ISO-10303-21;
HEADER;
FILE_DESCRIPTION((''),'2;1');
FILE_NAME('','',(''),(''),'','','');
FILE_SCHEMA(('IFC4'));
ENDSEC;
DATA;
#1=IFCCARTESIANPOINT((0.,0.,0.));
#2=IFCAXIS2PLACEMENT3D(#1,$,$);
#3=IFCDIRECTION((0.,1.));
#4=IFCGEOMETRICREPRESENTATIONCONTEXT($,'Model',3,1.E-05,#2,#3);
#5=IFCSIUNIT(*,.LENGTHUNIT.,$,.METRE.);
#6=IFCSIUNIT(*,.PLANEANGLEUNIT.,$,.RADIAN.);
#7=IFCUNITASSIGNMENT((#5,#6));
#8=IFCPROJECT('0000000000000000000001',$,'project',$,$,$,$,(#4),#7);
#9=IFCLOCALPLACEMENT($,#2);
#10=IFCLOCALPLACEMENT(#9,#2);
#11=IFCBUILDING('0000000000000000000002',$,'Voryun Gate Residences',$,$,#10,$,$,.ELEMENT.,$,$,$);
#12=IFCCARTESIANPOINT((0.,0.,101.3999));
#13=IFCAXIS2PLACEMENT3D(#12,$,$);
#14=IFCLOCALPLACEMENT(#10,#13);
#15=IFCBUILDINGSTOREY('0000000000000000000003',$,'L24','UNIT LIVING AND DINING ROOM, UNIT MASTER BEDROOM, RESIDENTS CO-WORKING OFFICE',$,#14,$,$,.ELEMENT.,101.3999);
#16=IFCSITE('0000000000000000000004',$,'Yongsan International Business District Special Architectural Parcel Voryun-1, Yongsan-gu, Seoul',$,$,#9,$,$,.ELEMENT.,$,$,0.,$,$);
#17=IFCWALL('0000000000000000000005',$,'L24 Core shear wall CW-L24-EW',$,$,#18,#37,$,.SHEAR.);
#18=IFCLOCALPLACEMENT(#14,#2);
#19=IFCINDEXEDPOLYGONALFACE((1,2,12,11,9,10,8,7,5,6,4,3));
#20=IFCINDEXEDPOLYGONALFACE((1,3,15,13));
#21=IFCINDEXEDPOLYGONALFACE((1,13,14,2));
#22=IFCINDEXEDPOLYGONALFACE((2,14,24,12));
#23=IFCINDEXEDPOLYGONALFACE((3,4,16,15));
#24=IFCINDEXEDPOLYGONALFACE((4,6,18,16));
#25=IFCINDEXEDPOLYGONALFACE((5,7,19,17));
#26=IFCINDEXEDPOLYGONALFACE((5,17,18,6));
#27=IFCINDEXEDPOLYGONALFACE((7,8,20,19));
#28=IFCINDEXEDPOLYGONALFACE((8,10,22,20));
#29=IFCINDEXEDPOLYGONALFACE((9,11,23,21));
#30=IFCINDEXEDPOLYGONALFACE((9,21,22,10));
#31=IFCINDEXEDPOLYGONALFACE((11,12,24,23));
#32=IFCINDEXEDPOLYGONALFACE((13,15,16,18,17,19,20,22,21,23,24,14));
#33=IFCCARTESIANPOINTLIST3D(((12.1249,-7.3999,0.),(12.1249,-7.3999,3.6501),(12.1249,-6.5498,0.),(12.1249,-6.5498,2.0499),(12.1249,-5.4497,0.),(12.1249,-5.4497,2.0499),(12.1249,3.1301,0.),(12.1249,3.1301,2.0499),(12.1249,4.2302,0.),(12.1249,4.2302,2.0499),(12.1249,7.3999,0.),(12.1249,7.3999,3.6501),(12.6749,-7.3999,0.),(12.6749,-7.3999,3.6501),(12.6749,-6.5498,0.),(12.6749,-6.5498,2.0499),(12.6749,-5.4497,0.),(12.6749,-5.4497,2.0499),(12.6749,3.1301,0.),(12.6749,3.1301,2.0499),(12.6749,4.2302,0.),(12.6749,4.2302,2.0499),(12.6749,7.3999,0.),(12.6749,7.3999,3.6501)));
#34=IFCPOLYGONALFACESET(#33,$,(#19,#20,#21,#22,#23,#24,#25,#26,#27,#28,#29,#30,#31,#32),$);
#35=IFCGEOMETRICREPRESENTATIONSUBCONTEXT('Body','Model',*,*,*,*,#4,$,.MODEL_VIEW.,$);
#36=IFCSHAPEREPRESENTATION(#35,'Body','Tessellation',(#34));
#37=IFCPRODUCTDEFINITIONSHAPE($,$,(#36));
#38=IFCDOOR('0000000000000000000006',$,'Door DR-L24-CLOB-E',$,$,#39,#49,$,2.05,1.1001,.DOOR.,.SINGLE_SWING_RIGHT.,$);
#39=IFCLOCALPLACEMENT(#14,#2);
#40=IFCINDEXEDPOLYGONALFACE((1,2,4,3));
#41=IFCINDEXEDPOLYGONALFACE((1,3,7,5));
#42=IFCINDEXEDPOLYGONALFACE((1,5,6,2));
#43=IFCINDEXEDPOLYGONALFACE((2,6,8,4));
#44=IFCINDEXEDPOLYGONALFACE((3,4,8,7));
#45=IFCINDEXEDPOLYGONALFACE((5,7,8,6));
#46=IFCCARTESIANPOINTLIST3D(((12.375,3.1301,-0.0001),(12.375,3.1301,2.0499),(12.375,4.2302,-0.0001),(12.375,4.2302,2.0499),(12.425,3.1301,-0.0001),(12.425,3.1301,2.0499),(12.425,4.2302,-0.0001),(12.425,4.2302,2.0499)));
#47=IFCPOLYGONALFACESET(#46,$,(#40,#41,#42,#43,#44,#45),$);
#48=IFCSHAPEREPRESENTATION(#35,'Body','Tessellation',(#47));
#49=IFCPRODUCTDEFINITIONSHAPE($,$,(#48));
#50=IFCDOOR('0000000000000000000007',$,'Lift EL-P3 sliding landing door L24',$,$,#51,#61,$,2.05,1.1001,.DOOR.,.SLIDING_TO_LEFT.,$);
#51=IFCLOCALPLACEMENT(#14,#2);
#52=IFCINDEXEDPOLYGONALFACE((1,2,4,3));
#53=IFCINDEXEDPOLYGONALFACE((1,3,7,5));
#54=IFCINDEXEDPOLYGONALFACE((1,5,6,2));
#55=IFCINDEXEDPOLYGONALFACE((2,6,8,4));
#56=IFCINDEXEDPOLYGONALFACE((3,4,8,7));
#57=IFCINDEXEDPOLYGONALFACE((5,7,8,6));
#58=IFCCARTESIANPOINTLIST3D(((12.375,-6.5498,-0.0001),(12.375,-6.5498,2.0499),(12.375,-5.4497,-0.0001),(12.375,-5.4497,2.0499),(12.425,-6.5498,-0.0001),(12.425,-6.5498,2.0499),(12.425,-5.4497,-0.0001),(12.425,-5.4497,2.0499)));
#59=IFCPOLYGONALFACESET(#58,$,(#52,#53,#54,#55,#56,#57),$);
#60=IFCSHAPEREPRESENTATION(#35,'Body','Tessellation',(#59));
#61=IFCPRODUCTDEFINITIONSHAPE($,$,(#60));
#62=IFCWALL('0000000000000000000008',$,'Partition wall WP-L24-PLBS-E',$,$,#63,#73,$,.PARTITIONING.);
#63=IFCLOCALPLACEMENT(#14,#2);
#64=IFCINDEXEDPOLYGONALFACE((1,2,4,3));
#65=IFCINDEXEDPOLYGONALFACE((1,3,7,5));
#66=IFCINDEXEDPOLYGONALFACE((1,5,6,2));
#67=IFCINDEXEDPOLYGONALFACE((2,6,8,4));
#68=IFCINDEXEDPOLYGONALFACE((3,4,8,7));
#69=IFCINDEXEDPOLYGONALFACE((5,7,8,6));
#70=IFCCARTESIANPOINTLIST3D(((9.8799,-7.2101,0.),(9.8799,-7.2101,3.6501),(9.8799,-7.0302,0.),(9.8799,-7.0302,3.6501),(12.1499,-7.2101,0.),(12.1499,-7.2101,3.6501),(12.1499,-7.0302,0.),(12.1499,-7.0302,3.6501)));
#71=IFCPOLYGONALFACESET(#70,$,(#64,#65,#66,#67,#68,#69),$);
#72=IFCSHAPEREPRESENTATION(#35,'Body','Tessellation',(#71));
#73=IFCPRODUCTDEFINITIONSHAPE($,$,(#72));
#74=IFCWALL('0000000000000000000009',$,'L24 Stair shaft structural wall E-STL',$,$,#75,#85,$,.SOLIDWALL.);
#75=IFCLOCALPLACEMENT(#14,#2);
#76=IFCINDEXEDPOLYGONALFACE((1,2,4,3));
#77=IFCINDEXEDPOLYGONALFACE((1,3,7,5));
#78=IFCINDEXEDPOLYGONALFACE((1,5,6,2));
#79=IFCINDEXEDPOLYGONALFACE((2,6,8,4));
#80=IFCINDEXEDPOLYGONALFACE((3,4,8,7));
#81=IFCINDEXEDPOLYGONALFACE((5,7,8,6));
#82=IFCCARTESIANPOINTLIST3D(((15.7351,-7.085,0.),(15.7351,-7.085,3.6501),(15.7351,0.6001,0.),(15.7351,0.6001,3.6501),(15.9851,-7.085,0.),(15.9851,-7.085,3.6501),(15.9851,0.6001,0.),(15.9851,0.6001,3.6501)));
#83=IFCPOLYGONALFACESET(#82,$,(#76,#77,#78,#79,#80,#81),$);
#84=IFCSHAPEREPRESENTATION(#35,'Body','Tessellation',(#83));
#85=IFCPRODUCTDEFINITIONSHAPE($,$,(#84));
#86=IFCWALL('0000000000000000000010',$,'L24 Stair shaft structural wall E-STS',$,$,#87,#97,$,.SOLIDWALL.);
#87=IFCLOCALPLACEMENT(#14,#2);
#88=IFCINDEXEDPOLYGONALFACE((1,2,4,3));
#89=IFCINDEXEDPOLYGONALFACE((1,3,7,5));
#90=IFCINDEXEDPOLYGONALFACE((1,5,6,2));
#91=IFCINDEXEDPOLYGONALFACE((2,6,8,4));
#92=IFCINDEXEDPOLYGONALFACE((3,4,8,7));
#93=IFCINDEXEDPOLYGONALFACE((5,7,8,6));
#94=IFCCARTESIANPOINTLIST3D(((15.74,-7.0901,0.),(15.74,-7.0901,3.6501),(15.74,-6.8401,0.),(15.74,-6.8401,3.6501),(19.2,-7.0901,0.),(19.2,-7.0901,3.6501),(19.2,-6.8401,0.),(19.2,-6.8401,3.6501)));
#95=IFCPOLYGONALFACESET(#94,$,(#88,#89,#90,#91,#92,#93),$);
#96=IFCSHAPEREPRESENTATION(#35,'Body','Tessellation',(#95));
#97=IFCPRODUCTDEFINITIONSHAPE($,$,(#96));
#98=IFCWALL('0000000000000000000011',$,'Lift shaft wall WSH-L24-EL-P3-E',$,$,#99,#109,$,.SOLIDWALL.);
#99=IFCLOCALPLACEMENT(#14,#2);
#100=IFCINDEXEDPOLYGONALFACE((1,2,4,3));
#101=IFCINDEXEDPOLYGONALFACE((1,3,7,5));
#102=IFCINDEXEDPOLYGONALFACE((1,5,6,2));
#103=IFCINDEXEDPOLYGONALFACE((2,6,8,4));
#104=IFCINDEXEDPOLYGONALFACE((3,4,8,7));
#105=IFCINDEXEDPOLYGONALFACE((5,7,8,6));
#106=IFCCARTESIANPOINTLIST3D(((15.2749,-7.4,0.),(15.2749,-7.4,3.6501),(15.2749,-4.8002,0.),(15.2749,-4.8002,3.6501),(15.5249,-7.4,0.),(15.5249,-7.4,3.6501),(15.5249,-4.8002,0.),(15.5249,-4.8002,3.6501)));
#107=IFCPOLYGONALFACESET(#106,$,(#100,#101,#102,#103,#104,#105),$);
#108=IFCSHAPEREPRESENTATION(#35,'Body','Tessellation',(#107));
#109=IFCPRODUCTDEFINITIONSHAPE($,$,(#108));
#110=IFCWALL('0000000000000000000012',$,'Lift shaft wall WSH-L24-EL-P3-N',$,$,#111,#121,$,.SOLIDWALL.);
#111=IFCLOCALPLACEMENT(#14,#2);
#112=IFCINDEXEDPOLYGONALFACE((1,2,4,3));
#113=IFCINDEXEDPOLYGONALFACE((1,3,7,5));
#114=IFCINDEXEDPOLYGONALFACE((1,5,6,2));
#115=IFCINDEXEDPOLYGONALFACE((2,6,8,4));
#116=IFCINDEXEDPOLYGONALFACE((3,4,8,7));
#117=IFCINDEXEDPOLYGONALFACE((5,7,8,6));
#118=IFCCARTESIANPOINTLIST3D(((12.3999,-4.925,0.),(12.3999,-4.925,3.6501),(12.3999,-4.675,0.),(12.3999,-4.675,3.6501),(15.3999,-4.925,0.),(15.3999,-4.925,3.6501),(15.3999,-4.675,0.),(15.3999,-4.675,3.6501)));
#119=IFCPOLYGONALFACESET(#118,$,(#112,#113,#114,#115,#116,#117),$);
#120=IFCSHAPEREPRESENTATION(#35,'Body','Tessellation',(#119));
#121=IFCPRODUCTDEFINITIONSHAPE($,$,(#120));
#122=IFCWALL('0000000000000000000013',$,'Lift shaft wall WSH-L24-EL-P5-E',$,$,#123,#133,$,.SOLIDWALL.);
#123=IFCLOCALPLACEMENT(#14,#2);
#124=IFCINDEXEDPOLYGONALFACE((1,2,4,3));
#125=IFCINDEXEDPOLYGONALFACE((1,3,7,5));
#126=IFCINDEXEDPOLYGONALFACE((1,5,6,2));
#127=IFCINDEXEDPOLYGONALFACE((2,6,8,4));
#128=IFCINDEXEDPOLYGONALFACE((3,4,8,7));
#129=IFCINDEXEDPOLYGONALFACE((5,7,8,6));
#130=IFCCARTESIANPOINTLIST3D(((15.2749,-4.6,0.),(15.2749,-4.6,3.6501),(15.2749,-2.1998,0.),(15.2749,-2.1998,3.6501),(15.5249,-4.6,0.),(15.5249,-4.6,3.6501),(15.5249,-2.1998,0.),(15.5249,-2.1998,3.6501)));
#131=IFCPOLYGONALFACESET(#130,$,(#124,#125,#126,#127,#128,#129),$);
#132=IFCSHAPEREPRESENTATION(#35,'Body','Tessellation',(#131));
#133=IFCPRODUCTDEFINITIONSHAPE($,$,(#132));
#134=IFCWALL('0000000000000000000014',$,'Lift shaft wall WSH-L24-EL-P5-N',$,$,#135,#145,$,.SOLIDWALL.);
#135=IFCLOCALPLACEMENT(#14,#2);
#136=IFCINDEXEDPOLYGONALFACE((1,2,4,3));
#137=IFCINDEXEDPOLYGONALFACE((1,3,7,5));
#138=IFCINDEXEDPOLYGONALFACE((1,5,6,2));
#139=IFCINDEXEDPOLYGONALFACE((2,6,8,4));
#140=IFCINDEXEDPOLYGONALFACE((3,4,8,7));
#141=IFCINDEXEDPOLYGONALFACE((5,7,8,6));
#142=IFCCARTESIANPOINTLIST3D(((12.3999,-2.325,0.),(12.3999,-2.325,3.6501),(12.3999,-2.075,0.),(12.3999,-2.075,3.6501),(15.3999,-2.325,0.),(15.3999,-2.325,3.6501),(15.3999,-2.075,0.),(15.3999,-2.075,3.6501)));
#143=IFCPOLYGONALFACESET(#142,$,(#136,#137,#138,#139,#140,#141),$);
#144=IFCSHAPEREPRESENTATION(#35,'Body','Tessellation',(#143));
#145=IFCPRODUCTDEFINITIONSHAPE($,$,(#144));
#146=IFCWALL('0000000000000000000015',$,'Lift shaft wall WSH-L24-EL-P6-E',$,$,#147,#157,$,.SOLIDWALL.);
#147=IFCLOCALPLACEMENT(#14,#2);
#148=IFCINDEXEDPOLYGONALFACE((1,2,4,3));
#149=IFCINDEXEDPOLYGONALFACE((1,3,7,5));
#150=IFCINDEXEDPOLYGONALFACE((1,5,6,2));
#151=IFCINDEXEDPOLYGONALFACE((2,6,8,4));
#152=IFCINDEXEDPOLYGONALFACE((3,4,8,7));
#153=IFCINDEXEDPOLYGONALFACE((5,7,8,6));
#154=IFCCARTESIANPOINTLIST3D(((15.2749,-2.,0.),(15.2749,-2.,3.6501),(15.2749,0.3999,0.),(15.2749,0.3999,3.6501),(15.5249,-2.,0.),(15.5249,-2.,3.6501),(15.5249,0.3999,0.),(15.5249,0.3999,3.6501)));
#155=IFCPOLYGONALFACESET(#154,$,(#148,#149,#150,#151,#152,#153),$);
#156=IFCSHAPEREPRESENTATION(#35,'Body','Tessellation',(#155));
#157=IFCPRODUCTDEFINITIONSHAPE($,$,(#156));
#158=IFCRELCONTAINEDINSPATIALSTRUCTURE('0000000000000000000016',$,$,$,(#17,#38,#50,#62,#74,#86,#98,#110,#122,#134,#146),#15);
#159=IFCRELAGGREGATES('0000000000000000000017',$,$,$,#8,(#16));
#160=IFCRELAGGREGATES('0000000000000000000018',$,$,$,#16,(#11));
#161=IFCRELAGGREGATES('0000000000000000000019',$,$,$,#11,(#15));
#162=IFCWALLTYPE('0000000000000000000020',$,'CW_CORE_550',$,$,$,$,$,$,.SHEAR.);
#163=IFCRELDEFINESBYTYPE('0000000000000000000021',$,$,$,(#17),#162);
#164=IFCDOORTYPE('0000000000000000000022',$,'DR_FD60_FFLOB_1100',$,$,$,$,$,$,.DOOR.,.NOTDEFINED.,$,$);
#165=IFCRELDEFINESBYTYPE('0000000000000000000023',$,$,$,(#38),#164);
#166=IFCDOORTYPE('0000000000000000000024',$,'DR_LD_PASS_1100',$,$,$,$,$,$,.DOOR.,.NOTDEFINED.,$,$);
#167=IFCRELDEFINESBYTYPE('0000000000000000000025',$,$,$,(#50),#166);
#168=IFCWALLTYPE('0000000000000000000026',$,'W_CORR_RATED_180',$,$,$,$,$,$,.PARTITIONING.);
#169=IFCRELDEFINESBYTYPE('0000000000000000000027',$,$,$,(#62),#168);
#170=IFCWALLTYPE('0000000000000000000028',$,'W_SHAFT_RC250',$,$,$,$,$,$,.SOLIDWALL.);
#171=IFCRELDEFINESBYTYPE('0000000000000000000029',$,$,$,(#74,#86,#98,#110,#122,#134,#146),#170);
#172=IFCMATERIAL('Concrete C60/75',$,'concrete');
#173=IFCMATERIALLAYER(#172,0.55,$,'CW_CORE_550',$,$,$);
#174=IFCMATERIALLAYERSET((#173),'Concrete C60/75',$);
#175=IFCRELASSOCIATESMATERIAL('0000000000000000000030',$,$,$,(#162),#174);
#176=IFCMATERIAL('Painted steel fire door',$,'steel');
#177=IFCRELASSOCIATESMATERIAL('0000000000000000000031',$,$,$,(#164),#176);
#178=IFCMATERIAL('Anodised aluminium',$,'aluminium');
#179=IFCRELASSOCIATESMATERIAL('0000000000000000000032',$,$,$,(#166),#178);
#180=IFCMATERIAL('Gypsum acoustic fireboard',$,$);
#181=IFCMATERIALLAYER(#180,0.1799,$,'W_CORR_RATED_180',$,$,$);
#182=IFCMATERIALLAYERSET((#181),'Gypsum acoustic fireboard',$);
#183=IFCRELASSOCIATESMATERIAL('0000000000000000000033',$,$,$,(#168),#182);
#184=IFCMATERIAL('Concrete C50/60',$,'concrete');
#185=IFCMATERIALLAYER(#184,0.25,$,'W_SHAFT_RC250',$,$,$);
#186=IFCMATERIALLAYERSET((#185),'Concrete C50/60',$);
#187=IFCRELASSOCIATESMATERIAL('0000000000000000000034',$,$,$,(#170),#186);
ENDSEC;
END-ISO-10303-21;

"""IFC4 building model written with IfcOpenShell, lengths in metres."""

from ifc_helpers import new_model, si_unit, direction, frame, frame_2d, origin, place, context, subcontext, project, spatial, rectangle, extrude, material, layer, layer_set, type_object, element, fill, save


model = new_model("IFC4")

# Units and contexts
model_context = context("Model", 3, precision=1e-05, world=origin(), true_north=direction((0.0, 1.0)))
body_context = subcontext(model_context, "Body", "Model", "MODEL_VIEW")
ifc_project = project(units=[si_unit("LENGTHUNIT", "METRE"), si_unit("PLANEANGLEUNIT", "RADIAN")], contexts=[model_context])

# Site, building, storey
site_placement = place(None, origin())
site = spatial("IfcSite", under=ifc_project, at=site_placement, Name="Yongsan International Business District Special Architectural Parcel Voryun-1, Yongsan-gu, Seoul", CompositionType="ELEMENT", RefElevation=0.0)
building_placement = place(site_placement, origin())
building = spatial("IfcBuilding", under=site, at=building_placement, Name="Voryun Gate Residences", CompositionType="ELEMENT")
storey_placement = place(building_placement, frame((0.0, 0.0, 101.3999)))
storey = spatial("IfcBuildingStorey", under=building, at=storey_placement, Name="L24", Description="UNIT LIVING AND DINING ROOM, UNIT MASTER BEDROOM, RESIDENTS CO-WORKING OFFICE", CompositionType="ELEMENT", Elevation=101.3999)

# Shared definitions
ifc_material_1 = material(Name="Concrete C60/75", Category="concrete")
ifc_layer_1 = layer(ifc_material_1, 0.55, Name="CW_CORE_550")
ifc_layer_set_1 = layer_set([ifc_layer_1], Name="Concrete C60/75")
wall_type_1 = type_object("IfcWallType", Name="CW_CORE_550", PredefinedType="SHEAR", material=ifc_layer_set_1)

# Wall, openings, doors
wall_1_placement = place(storey_placement, frame((12.3999, -7.3999, 0.0), z_axis=(0.0, 0.0, 1.0), x_axis=(0.0, 1.0, 0.0)))
wall_1 = element("IfcWall", 1, at=wall_1_placement, inside=storey, type_object=wall_type_1, Name="L24 Core shear wall CW-L24-EW", PredefinedType="SHEAR", context=body_context, shape_type="SweptSolid", body=[
    extrude(rectangle(XDim=14.7998, YDim=0.55, at=frame_2d((7.3999, 0.0))), origin(), (0.0, 0.0, 1.0), 3.6501),
])
opening_1_placement = place(wall_1_placement, frame((0.8501, 0.0, 0.0)))
opening_1 = element("IfcOpeningElement", 2, at=opening_1_placement, cuts=wall_1, PredefinedType="OPENING", context=body_context, shape_type="SweptSolid", body=[
    extrude(rectangle(XDim=1.1001, YDim=2.05, at=frame_2d((0.55, 1.0249))), frame((0.0, 0.2849, 0.0), z_axis=(0.0, -1.0, 0.0), x_axis=(1.0, 0.0, 0.0)), (0.0, 0.0, 1.0), 0.5701),
])
opening_2_placement = place(wall_1_placement, frame((10.53, 0.0, 0.0)))
opening_2 = element("IfcOpeningElement", 3, at=opening_2_placement, cuts=wall_1, PredefinedType="OPENING", context=body_context, shape_type="SweptSolid", body=[
    extrude(rectangle(XDim=1.1001, YDim=2.05, at=frame_2d((0.55, 1.0249))), frame((0.0, 0.2849, 0.0), z_axis=(0.0, -1.0, 0.0), x_axis=(1.0, 0.0, 0.0)), (0.0, 0.0, 1.0), 0.5701),
])
ifc_material_2 = material(Name="Painted steel fire door", Category="steel")
door_type_1 = type_object("IfcDoorType", Name="DR_FD60_FFLOB_1100", OperationType="NOTDEFINED", PredefinedType="DOOR", material=ifc_material_2)
door_1_placement = place(opening_2_placement, origin())
door_1 = element("IfcDoor", 4, at=door_1_placement, inside=storey, type_object=door_type_1, Name="Door DR-L24-CLOB-E", OperationType="SINGLE_SWING_RIGHT", OverallHeight=2.05, OverallWidth=1.1001, PredefinedType="DOOR", context=body_context, shape_type="SweptSolid", body=[
    extrude(rectangle(XDim=1.1001, YDim=2.05, at=frame_2d((0.55, 1.0249))), frame((0.0, 0.0249, 0.0), z_axis=(0.0, -1.0, 0.0), x_axis=(1.0, 0.0, 0.0)), (0.0, 0.0, 1.0), 0.05),
])
fill(opening_2, door_1)
ifc_material_3 = material(Name="Anodised aluminium", Category="aluminium")
door_type_2 = type_object("IfcDoorType", Name="DR_LD_PASS_1100", OperationType="NOTDEFINED", PredefinedType="DOOR", material=ifc_material_3)
door_2_placement = place(opening_1_placement, origin())
door_2 = element("IfcDoor", 5, at=door_2_placement, inside=storey, type_object=door_type_2, Name="Lift EL-P3 sliding landing door L24", OperationType="SLIDING_TO_LEFT", OverallHeight=2.05, OverallWidth=1.1001, PredefinedType="DOOR", context=body_context, shape_type="SweptSolid", body=[
    extrude(rectangle(XDim=1.1001, YDim=2.05, at=frame_2d((0.55, 1.0249))), frame((0.0, 0.0249, 0.0), z_axis=(0.0, -1.0, 0.0), x_axis=(1.0, 0.0, 0.0)), (0.0, 0.0, 1.0), 0.05),
])
fill(opening_1, door_2)

# Walls
ifc_material_4 = material(Name="Gypsum acoustic fireboard")
ifc_layer_2 = layer(ifc_material_4, 0.1799, Name="W_CORR_RATED_180")
ifc_layer_set_2 = layer_set([ifc_layer_2], Name="Gypsum acoustic fireboard")
wall_type_2 = type_object("IfcWallType", Name="W_CORR_RATED_180", PredefinedType="PARTITIONING", material=ifc_layer_set_2)
wall_2_placement = place(storey_placement, frame((9.8799, -7.1201, 0.0), z_axis=(0.0, 0.0, 1.0), x_axis=(1.0, 0.0, 0.0)))
element("IfcWall", 6, at=wall_2_placement, inside=storey, type_object=wall_type_2, Name="Partition wall WP-L24-PLBS-E", PredefinedType="PARTITIONING", context=body_context, shape_type="SweptSolid", body=[
    extrude(rectangle(XDim=2.27, YDim=0.1799, at=frame_2d((1.135, 0.0))), origin(), (0.0, 0.0, 1.0), 3.6501),
])
ifc_material_5 = material(Name="Concrete C50/60", Category="concrete")
ifc_layer_3 = layer(ifc_material_5, 0.25, Name="W_SHAFT_RC250")
ifc_layer_set_3 = layer_set([ifc_layer_3], Name="Concrete C50/60")
wall_type_3 = type_object("IfcWallType", Name="W_SHAFT_RC250", PredefinedType="SOLIDWALL", material=ifc_layer_set_3)
wall_3_placement = place(storey_placement, frame((15.8601, -7.085, 0.0), z_axis=(0.0, 0.0, 1.0), x_axis=(0.0, 1.0, 0.0)))
element("IfcWall", 7, at=wall_3_placement, inside=storey, type_object=wall_type_3, Name="L24 Stair shaft structural wall E-STL", PredefinedType="SOLIDWALL", context=body_context, shape_type="SweptSolid", body=[
    extrude(rectangle(XDim=7.6851, YDim=0.25, at=frame_2d((3.8425, 0.0))), origin(), (0.0, 0.0, 1.0), 3.6501),
])
wall_4_placement = place(storey_placement, frame((15.74, -6.9651, 0.0), z_axis=(0.0, 0.0, 1.0), x_axis=(1.0, 0.0, 0.0)))
element("IfcWall", 8, at=wall_4_placement, inside=storey, type_object=wall_type_3, Name="L24 Stair shaft structural wall E-STS", PredefinedType="SOLIDWALL", context=body_context, shape_type="SweptSolid", body=[
    extrude(rectangle(XDim=3.46, YDim=0.25, at=frame_2d((1.73, 0.0))), origin(), (0.0, 0.0, 1.0), 3.6501),
])
wall_5_placement = place(storey_placement, frame((15.3999, -7.3999, 0.0), z_axis=(0.0, 0.0, 1.0), x_axis=(0.0, 1.0, 0.0)))
element("IfcWall", 9, at=wall_5_placement, inside=storey, type_object=wall_type_3, Name="Lift shaft wall WSH-L24-EL-P3-E", PredefinedType="SOLIDWALL", context=body_context, shape_type="SweptSolid", body=[
    extrude(rectangle(XDim=2.5999, YDim=0.25, at=frame_2d((1.2998, 0.0))), origin(), (0.0, 0.0, 1.0), 3.6501),
])
wall_6_placement = place(storey_placement, frame((15.3999, -4.8, 0.0), z_axis=(0.0, 0.0, 1.0), x_axis=(-1.0, 0.0, 0.0)))
element("IfcWall", 10, at=wall_6_placement, inside=storey, type_object=wall_type_3, Name="Lift shaft wall WSH-L24-EL-P3-N", PredefinedType="SOLIDWALL", context=body_context, shape_type="SweptSolid", body=[
    extrude(rectangle(XDim=3.0, YDim=0.25, at=frame_2d((1.5, 0.0))), origin(), (0.0, 0.0, 1.0), 3.6501),
])
wall_7_placement = place(storey_placement, frame((15.3999, -4.6001, 0.0), z_axis=(0.0, 0.0, 1.0), x_axis=(0.0, 1.0, 0.0)))
element("IfcWall", 11, at=wall_7_placement, inside=storey, type_object=wall_type_3, Name="Lift shaft wall WSH-L24-EL-P5-E", PredefinedType="SOLIDWALL", context=body_context, shape_type="SweptSolid", body=[
    extrude(rectangle(XDim=2.4001, YDim=0.25, at=frame_2d((1.2002, 0.0))), origin(), (0.0, 0.0, 1.0), 3.6501),
])
wall_8_placement = place(storey_placement, frame((15.3999, -2.2, 0.0), z_axis=(0.0, 0.0, 1.0), x_axis=(-1.0, 0.0, 0.0)))
element("IfcWall", 12, at=wall_8_placement, inside=storey, type_object=wall_type_3, Name="Lift shaft wall WSH-L24-EL-P5-N", PredefinedType="SOLIDWALL", context=body_context, shape_type="SweptSolid", body=[
    extrude(rectangle(XDim=3.0, YDim=0.25, at=frame_2d((1.5, 0.0))), origin(), (0.0, 0.0, 1.0), 3.6501),
])
wall_9_placement = place(storey_placement, frame((15.3999, -2.0, 0.0), z_axis=(0.0, 0.0, 1.0), x_axis=(0.0, 1.0, 0.0)))
element("IfcWall", 13, at=wall_9_placement, inside=storey, type_object=wall_type_3, Name="Lift shaft wall WSH-L24-EL-P6-E", PredefinedType="SOLIDWALL", context=body_context, shape_type="SweptSolid", body=[
    extrude(rectangle(XDim=2.3999, YDim=0.25, at=frame_2d((1.2, 0.0))), origin(), (0.0, 0.0, 1.0), 3.6501),
])

save(model, "model.ifc")
